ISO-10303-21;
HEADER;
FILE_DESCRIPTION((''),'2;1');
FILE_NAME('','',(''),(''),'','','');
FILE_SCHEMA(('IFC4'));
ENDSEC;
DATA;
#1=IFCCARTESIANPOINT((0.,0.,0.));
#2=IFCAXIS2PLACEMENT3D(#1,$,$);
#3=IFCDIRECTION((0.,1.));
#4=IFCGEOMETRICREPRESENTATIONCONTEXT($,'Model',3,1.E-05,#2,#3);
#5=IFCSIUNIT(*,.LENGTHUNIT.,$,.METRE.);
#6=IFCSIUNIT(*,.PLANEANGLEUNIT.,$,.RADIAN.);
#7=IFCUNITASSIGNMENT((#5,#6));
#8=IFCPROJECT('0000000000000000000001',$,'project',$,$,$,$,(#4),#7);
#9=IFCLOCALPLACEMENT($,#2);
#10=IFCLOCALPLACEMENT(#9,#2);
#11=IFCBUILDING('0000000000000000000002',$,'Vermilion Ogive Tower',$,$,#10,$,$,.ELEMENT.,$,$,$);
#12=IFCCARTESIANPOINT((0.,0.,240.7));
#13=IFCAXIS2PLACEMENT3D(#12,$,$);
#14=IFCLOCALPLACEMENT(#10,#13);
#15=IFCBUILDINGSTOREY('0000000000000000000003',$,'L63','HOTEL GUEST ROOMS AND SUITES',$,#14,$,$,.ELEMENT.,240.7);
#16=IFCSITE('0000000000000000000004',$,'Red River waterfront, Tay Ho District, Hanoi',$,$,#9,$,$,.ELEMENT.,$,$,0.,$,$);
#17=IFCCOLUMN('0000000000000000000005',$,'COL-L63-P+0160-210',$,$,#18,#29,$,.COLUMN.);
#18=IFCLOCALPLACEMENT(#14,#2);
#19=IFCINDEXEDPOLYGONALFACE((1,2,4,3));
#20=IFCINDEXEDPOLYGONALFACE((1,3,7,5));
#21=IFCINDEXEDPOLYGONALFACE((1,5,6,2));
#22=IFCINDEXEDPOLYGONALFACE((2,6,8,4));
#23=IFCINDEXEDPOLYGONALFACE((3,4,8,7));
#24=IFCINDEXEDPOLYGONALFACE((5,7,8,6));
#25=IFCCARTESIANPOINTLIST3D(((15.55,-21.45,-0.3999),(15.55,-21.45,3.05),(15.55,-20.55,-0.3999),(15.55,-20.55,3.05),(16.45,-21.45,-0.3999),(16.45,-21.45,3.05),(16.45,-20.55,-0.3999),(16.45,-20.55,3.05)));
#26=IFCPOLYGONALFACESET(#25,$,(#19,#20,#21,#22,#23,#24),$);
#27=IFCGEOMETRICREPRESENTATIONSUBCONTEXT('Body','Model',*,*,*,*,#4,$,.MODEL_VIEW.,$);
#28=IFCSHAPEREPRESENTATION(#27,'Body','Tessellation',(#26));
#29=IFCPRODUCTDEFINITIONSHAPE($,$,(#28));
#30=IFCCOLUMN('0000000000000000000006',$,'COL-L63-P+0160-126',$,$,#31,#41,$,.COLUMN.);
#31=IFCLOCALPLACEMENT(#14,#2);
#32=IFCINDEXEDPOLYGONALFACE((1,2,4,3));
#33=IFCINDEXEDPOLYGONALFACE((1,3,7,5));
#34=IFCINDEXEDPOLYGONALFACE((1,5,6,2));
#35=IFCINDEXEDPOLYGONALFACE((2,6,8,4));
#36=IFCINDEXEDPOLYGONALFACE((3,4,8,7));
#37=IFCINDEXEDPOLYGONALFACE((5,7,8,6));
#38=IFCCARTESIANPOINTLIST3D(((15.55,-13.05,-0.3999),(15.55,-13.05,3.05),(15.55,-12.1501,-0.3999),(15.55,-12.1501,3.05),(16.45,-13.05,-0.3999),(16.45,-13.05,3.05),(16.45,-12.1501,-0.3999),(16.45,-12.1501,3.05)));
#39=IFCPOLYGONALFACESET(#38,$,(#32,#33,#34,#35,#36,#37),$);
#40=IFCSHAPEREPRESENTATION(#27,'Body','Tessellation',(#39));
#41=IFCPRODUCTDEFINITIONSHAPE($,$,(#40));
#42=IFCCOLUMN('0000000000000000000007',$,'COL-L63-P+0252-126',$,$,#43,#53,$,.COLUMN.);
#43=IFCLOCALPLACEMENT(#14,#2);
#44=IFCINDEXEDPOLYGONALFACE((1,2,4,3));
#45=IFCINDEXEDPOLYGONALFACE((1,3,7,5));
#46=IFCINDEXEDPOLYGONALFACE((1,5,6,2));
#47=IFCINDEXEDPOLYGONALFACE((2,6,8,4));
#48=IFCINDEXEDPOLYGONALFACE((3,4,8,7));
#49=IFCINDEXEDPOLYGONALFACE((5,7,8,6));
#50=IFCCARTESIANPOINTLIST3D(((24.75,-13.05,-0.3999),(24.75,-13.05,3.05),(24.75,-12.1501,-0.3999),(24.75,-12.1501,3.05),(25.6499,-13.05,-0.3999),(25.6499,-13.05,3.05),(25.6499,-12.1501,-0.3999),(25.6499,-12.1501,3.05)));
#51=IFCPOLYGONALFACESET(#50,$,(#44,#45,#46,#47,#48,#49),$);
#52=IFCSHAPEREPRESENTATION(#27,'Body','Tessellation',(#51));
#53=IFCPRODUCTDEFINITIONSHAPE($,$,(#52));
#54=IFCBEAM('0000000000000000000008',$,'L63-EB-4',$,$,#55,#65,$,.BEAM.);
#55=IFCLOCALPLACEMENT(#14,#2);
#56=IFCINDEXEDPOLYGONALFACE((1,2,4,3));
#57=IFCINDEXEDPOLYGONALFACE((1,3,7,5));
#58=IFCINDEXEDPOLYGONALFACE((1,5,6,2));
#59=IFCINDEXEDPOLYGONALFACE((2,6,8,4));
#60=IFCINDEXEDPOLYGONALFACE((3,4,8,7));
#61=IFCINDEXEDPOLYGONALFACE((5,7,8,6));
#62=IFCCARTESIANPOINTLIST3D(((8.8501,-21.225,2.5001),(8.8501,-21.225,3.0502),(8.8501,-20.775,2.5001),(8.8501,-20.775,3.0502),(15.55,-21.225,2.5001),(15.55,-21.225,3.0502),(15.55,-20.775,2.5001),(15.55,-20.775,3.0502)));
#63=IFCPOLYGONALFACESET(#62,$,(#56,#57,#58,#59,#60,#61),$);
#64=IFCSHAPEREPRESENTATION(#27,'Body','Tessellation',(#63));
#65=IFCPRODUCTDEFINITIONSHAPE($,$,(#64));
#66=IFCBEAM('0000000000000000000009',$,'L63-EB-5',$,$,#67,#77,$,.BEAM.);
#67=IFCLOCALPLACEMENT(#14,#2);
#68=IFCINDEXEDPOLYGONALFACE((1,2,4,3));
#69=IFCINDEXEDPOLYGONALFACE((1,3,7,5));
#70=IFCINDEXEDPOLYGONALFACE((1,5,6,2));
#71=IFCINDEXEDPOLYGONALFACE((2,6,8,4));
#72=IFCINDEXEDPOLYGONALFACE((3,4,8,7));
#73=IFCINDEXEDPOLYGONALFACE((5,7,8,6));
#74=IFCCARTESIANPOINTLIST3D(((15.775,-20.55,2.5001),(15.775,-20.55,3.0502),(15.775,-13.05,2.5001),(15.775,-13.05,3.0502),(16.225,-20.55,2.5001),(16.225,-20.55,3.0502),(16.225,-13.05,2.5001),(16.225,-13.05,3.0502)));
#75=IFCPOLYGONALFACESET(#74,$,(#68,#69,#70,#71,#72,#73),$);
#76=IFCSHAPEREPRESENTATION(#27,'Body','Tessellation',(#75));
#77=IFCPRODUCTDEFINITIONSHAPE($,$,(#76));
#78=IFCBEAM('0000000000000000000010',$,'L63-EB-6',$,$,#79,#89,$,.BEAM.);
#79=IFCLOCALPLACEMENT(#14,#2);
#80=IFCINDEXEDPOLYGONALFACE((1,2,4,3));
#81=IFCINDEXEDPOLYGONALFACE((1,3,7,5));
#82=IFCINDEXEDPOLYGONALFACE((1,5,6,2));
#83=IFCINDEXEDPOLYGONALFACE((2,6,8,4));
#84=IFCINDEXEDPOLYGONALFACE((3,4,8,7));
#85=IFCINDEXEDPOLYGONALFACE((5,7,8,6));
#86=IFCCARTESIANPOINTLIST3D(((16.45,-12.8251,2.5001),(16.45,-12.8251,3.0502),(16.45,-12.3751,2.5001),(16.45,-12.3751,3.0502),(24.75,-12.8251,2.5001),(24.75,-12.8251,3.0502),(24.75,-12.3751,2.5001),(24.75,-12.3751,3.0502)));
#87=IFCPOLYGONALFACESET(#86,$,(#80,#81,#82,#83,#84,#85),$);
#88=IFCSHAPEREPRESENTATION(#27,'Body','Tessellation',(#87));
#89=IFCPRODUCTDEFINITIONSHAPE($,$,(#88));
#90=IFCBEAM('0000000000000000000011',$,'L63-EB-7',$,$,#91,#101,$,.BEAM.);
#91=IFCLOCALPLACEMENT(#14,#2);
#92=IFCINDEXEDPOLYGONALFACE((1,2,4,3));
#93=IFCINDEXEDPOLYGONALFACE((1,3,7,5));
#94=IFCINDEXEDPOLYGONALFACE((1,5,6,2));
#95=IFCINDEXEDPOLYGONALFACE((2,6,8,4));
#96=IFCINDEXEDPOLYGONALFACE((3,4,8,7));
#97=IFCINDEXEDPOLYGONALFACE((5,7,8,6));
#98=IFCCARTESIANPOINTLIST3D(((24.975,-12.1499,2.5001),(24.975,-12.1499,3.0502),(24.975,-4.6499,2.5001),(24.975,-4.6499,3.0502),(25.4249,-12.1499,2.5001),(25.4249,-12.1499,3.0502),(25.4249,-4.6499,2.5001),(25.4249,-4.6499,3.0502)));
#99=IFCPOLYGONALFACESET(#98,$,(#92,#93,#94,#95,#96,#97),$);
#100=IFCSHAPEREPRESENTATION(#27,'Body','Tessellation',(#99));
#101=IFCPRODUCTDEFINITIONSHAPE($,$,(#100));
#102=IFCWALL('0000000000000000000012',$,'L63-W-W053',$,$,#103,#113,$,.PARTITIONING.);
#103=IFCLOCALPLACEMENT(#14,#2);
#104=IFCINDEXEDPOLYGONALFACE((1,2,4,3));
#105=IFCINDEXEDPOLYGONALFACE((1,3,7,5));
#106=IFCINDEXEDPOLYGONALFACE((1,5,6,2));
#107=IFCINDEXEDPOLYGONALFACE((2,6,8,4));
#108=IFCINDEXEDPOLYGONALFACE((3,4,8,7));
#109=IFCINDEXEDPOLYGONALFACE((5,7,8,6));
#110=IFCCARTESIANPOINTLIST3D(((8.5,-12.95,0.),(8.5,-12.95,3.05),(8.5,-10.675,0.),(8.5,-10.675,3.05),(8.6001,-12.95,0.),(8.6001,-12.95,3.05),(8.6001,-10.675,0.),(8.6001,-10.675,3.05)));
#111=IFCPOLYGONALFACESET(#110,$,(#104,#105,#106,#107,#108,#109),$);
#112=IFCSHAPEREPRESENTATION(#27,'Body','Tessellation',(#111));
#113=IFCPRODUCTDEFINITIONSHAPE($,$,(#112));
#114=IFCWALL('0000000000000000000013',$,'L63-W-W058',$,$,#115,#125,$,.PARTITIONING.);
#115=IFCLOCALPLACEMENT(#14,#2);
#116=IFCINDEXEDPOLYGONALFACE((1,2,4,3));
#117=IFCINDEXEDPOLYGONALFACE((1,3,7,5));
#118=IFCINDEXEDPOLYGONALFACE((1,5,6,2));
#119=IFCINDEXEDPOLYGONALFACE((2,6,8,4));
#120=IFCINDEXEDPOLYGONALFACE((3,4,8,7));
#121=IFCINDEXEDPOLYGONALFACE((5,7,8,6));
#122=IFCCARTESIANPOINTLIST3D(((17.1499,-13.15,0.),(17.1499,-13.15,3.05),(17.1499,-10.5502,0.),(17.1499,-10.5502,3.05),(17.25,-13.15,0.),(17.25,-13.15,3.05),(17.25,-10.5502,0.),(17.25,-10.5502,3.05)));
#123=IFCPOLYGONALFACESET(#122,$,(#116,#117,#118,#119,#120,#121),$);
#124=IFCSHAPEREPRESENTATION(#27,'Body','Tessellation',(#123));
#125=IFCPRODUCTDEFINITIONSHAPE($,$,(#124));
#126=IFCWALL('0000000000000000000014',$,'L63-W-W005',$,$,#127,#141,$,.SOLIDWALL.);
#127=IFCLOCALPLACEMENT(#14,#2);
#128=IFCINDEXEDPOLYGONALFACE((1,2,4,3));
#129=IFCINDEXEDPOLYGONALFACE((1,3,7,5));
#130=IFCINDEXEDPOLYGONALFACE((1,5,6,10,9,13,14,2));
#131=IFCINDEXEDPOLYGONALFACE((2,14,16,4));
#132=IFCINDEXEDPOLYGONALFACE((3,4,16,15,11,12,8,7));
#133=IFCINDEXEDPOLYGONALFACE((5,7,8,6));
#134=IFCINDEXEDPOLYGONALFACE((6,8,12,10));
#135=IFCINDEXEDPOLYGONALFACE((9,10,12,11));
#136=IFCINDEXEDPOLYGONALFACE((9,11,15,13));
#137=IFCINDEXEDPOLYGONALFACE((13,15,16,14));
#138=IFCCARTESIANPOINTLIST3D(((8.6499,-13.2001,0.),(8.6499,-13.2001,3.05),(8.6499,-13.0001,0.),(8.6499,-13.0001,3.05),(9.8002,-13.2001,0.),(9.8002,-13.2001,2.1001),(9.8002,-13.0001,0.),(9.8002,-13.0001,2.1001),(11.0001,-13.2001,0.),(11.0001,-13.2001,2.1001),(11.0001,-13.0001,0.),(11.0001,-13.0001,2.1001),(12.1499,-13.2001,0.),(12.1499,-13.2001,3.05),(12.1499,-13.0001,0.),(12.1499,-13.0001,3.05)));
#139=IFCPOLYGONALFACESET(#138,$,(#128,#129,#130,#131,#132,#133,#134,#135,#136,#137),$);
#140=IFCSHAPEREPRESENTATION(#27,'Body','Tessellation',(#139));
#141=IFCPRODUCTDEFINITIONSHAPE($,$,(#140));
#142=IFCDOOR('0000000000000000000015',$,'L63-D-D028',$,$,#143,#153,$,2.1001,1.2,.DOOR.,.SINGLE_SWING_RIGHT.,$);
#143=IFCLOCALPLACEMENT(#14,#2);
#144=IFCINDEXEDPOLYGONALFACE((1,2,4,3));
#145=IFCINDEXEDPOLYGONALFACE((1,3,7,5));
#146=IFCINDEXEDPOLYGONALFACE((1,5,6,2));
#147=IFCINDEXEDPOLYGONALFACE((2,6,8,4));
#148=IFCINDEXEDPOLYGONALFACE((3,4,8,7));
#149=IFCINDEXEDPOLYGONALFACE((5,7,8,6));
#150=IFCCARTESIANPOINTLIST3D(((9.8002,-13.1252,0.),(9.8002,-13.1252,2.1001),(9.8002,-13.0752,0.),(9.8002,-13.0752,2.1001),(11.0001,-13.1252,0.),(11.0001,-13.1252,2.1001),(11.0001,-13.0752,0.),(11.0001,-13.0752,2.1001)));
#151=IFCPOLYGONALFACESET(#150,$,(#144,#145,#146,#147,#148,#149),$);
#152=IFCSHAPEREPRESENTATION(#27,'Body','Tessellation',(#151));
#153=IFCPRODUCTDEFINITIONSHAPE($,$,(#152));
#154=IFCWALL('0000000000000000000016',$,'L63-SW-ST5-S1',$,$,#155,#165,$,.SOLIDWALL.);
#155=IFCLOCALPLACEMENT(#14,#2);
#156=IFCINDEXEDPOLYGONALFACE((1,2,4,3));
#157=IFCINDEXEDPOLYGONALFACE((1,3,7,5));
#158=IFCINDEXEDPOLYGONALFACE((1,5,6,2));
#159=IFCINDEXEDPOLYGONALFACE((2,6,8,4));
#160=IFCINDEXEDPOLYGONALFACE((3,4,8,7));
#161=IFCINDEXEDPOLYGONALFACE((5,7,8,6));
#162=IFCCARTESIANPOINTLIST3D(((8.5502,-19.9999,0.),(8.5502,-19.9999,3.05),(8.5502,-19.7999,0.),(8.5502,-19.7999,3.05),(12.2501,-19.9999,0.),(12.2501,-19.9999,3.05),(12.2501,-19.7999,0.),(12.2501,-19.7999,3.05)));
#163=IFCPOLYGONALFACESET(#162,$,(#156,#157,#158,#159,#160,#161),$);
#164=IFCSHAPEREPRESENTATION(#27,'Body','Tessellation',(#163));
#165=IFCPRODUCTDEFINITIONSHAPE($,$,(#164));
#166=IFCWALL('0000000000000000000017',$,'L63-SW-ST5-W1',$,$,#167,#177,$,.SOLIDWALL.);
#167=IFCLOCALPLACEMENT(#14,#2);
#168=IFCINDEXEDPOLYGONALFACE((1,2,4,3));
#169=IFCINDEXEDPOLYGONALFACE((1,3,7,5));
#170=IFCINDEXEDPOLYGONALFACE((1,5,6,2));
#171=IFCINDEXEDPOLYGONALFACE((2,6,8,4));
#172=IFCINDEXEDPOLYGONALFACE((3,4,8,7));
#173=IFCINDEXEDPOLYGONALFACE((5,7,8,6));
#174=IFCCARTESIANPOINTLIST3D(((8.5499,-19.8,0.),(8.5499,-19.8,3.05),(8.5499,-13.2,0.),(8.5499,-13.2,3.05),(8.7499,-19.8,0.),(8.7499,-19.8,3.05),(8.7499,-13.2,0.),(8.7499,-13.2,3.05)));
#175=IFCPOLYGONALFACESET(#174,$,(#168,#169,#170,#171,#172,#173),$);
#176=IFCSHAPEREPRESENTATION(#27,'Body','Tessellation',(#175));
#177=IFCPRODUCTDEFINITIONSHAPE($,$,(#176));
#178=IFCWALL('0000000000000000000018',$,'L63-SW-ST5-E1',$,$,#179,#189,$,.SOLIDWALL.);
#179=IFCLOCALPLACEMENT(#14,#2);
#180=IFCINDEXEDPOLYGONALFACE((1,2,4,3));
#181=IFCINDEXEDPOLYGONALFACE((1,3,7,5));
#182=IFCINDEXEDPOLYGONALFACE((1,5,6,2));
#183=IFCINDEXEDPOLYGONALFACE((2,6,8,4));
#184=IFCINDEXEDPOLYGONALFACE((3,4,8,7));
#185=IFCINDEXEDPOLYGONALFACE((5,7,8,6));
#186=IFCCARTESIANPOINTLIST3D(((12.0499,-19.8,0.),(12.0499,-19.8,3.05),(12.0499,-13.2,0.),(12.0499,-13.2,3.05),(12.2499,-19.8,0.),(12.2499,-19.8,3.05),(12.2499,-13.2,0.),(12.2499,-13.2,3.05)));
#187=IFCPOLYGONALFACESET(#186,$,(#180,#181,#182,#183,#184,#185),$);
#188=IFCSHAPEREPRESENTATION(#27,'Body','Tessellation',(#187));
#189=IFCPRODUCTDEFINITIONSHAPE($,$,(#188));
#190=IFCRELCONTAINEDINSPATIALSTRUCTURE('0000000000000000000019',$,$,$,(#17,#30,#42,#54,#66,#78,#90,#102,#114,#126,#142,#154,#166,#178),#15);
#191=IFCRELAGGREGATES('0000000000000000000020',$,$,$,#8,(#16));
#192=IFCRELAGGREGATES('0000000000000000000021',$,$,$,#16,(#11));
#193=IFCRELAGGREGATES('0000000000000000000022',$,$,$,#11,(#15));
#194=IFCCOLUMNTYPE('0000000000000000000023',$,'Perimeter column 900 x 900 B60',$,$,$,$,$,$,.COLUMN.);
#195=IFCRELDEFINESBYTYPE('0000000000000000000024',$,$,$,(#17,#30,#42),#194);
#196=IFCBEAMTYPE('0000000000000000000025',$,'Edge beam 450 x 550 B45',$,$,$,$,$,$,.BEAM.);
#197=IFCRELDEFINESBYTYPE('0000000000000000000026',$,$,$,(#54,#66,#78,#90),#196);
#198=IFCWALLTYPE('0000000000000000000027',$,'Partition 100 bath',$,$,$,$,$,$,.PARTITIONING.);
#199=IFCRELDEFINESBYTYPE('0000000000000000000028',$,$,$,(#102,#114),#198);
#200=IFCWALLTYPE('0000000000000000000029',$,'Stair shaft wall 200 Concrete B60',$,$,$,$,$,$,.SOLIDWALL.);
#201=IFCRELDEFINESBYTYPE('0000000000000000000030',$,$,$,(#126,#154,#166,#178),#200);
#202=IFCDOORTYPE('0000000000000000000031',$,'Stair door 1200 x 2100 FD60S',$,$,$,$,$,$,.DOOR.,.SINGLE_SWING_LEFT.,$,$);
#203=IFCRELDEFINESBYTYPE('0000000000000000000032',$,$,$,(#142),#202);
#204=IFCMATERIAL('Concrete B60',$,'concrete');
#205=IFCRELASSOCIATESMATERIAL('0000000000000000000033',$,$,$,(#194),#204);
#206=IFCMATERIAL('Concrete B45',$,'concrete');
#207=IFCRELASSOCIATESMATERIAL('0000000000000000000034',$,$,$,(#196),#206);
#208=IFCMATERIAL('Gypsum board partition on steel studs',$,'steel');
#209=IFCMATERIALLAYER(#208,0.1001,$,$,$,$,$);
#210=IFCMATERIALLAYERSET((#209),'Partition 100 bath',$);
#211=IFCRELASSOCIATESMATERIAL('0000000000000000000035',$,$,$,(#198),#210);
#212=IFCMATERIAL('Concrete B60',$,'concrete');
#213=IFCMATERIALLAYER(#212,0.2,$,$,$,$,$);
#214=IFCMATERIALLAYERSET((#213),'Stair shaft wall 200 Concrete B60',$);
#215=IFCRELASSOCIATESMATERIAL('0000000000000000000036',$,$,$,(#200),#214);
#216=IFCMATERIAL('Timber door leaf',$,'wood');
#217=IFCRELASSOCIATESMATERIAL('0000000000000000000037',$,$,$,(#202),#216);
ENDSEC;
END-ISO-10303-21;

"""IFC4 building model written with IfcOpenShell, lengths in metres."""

from ifc_helpers import new_model, si_unit, direction, frame, frame_2d, origin, origin_2d, place, context, subcontext, project, spatial, rectangle, extrude, material, layer, layer_set, material_profile, profile_set, type_object, element, fill, save


model = new_model("IFC4")

# Units and contexts
model_context = context("Model", 3, precision=1e-05, world=origin(), true_north=direction((0.0, 1.0)))
body_context = subcontext(model_context, "Body", "Model", "MODEL_VIEW")
ifc_project = project(units=[si_unit("LENGTHUNIT", "METRE"), si_unit("PLANEANGLEUNIT", "RADIAN")], contexts=[model_context])

# Site, building, storey
site_placement = place(None, origin())
site = spatial("IfcSite", under=ifc_project, at=site_placement, Name="Red River waterfront, Tay Ho District, Hanoi", CompositionType="ELEMENT", RefElevation=0.0)
building_placement = place(site_placement, origin())
building = spatial("IfcBuilding", under=site, at=building_placement, Name="Vermilion Ogive Tower", CompositionType="ELEMENT")
storey_placement = place(building_placement, frame((0.0, 0.0, 240.7)))
storey = spatial("IfcBuildingStorey", under=building, at=storey_placement, Name="L63", Description="HOTEL GUEST ROOMS AND SUITES", CompositionType="ELEMENT", Elevation=240.7)

# Columns
ifc_material_1 = material(Name="Concrete B60", Category="concrete")
ifc_material_profile_1 = material_profile(ifc_material_1, rectangle(XDim=0.8999, YDim=0.8999, at=origin_2d()), Name="900 x 900")
ifc_profile_set_1 = profile_set([ifc_material_profile_1], Name="Concrete B60")
column_type = type_object("IfcColumnType", Name="Perimeter column 900 x 900 B60", PredefinedType="COLUMN", material=ifc_profile_set_1)
for number, where, z_axis, x_axis, name in (
    (1, (16.0, -21.0, -0.3999), (0.0, 0.0, 1.0), (1.0, 0.0, 0.0), "COL-L63-P+0160-210"),
    (2, (16.0, -12.6001, -0.3999), (0.0, 0.0, 1.0), (1.0, 0.0, 0.0), "COL-L63-P+0160-126"),
    (3, (25.2, -12.6001, -0.3999), (0.0, 0.0, 1.0), (1.0, 0.0, 0.0), "COL-L63-P+0252-126"),
):
    element("IfcColumn", number, at=place(storey_placement, frame(where, z_axis=z_axis, x_axis=x_axis)), inside=storey, type_object=column_type, Name=name, PredefinedType="COLUMN", context=body_context, shape_type="SweptSolid", body=[
        extrude(rectangle(XDim=0.8999, YDim=0.8999, at=origin_2d()), origin(), (0.0, 0.0, 1.0), 3.45),
    ])

# Beams
ifc_material_2 = material(Name="Concrete B45", Category="concrete")
ifc_material_profile_2 = material_profile(ifc_material_2, rectangle(XDim=0.45, YDim=0.55, at=origin_2d()), Name="450 x 550")
ifc_profile_set_2 = profile_set([ifc_material_profile_2], Name="Concrete B45")
beam_type = type_object("IfcBeamType", Name="Edge beam 450 x 550 B45", PredefinedType="BEAM", material=ifc_profile_set_2)
beam_1_placement = place(storey_placement, frame((8.8501, -21.0, 2.7751), z_axis=(1.0, 0.0, 0.0), x_axis=(0.0, 1.0, 0.0)))
element("IfcBeam", 4, at=beam_1_placement, inside=storey, type_object=beam_type, Name="L63-EB-4", PredefinedType="BEAM", context=body_context, shape_type="SweptSolid", body=[
    extrude(rectangle(XDim=0.45, YDim=0.55, at=origin_2d()), origin(), (0.0, 0.0, 1.0), 6.7),
])
beam_2_placement = place(storey_placement, frame((16.0, -20.55, 2.7751), z_axis=(0.0, 1.0, 0.0), x_axis=(-1.0, 0.0, 0.0)))
element("IfcBeam", 5, at=beam_2_placement, inside=storey, type_object=beam_type, Name="L63-EB-5", PredefinedType="BEAM", context=body_context, shape_type="SweptSolid", body=[
    extrude(rectangle(XDim=0.45, YDim=0.55, at=origin_2d()), origin(), (0.0, 0.0, 1.0), 7.5),
])
beam_3_placement = place(storey_placement, frame((16.45, -12.6001, 2.7751), z_axis=(1.0, 0.0, 0.0), x_axis=(0.0, 1.0, 0.0)))
element("IfcBeam", 6, at=beam_3_placement, inside=storey, type_object=beam_type, Name="L63-EB-6", PredefinedType="BEAM", context=body_context, shape_type="SweptSolid", body=[
    extrude(rectangle(XDim=0.45, YDim=0.55, at=origin_2d()), origin(), (0.0, 0.0, 1.0), 8.3),
])
beam_4_placement = place(storey_placement, frame((25.2, -12.1499, 2.7751), z_axis=(0.0, 1.0, 0.0), x_axis=(-1.0, 0.0, 0.0)))
element("IfcBeam", 7, at=beam_4_placement, inside=storey, type_object=beam_type, Name="L63-EB-7", PredefinedType="BEAM", context=body_context, shape_type="SweptSolid", body=[
    extrude(rectangle(XDim=0.45, YDim=0.55, at=origin_2d()), origin(), (0.0, 0.0, 1.0), 7.5),
])

# Walls
ifc_material_3 = material(Name="Gypsum board partition on steel studs", Category="steel")
ifc_layer_1 = layer(ifc_material_3, 0.1001)
ifc_layer_set_1 = layer_set([ifc_layer_1], Name="Partition 100 bath")
wall_type_1 = type_object("IfcWallType", Name="Partition 100 bath", PredefinedType="PARTITIONING", material=ifc_layer_set_1)
wall_1_placement = place(storey_placement, frame((8.55, -12.95, 0.0), z_axis=(0.0, 0.0, 1.0), x_axis=(0.0, 1.0, 0.0)))
element("IfcWall", 8, at=wall_1_placement, inside=storey, type_object=wall_type_1, Name="L63-W-W053", PredefinedType="PARTITIONING", context=body_context, shape_type="SweptSolid", body=[
    extrude(rectangle(XDim=2.2749, YDim=0.1001, at=frame_2d((1.1375, 0.0))), origin(), (0.0, 0.0, 1.0), 3.05),
])
wall_2_placement = place(storey_placement, frame((17.2, -13.1499, 0.0), z_axis=(0.0, 0.0, 1.0), x_axis=(0.0, 1.0, 0.0)))
element("IfcWall", 9, at=wall_2_placement, inside=storey, type_object=wall_type_1, Name="L63-W-W058", PredefinedType="PARTITIONING", context=body_context, shape_type="SweptSolid", body=[
    extrude(rectangle(XDim=2.5999, YDim=0.1001, at=frame_2d((1.2998, 0.0))), origin(), (0.0, 0.0, 1.0), 3.05),
])

# Wall, opening, door
ifc_material_4 = material(Name="Concrete B60", Category="concrete")
ifc_layer_2 = layer(ifc_material_4, 0.2)
ifc_layer_set_2 = layer_set([ifc_layer_2], Name="Stair shaft wall 200 Concrete B60")
wall_type_2 = type_object("IfcWallType", Name="Stair shaft wall 200 Concrete B60", PredefinedType="SOLIDWALL", material=ifc_layer_set_2)
wall_3_placement = place(storey_placement, frame((8.6499, -13.1001, 0.0), z_axis=(0.0, 0.0, 1.0), x_axis=(1.0, 0.0, 0.0)))
wall_3 = element("IfcWall", 10, at=wall_3_placement, inside=storey, type_object=wall_type_2, Name="L63-W-W005", PredefinedType="SOLIDWALL", context=body_context, shape_type="SweptSolid", body=[
    extrude(rectangle(XDim=3.5, YDim=0.2, at=frame_2d((1.75, 0.0))), origin(), (0.0, 0.0, 1.0), 3.05),
])
opening_1_placement = place(wall_3_placement, frame((1.1501, 0.0, 0.0)))
opening_1 = element("IfcOpeningElement", 11, at=opening_1_placement, cuts=wall_3, PredefinedType="OPENING", context=body_context, shape_type="SweptSolid", body=[
    extrude(rectangle(XDim=1.2, YDim=2.1001, at=frame_2d((0.6001, 1.05))), frame((0.0, 0.1099, 0.0), z_axis=(0.0, -1.0, 0.0), x_axis=(1.0, 0.0, 0.0)), (0.0, 0.0, 1.0), 0.22),
])
ifc_material_5 = material(Name="Timber door leaf", Category="wood")
door_type_1 = type_object("IfcDoorType", Name="Stair door 1200 x 2100 FD60S", OperationType="SINGLE_SWING_LEFT", PredefinedType="DOOR", material=ifc_material_5)
door_1_placement = place(opening_1_placement, origin())
door_1 = element("IfcDoor", 12, at=door_1_placement, inside=storey, type_object=door_type_1, Name="L63-D-D028", OperationType="SINGLE_SWING_RIGHT", OverallHeight=2.1001, OverallWidth=1.2, PredefinedType="DOOR", context=body_context, shape_type="SweptSolid", body=[
    extrude(rectangle(XDim=1.2, YDim=2.1001, at=frame_2d((0.6001, 1.05))), frame((0.0, 0.0249, 0.0), z_axis=(0.0, -1.0, 0.0), x_axis=(1.0, 0.0, 0.0)), (0.0, 0.0, 1.0), 0.05),
])
fill(opening_1, door_1)

# Walls
wall_4_placement = place(storey_placement, frame((8.55, -19.8999, 0.0), z_axis=(0.0, 0.0, 1.0), x_axis=(1.0, 0.0, 0.0)))
element("IfcWall", 13, at=wall_4_placement, inside=storey, type_object=wall_type_2, Name="L63-SW-ST5-S1", PredefinedType="SOLIDWALL", context=body_context, shape_type="SweptSolid", body=[
    extrude(rectangle(XDim=3.7, YDim=0.2, at=frame_2d((1.8501, 0.0))), origin(), (0.0, 0.0, 1.0), 3.05),
])
for number, where, z_axis, x_axis, name in (
    (14, (8.6499, -19.8, 0.0), (0.0, 0.0, 1.0), (0.0, 1.0, 0.0), "L63-SW-ST5-W1"),
    (15, (12.1499, -19.8, 0.0), (0.0, 0.0, 1.0), (0.0, 1.0, 0.0), "L63-SW-ST5-E1"),
):
    element("IfcWall", number, at=place(storey_placement, frame(where, z_axis=z_axis, x_axis=x_axis)), inside=storey, type_object=wall_type_2, Name=name, PredefinedType="SOLIDWALL", context=body_context, shape_type="SweptSolid", body=[
        extrude(rectangle(XDim=6.6001, YDim=0.2, at=frame_2d((3.3, 0.0))), origin(), (0.0, 0.0, 1.0), 3.05),
    ])

save(model, "model.ifc")
